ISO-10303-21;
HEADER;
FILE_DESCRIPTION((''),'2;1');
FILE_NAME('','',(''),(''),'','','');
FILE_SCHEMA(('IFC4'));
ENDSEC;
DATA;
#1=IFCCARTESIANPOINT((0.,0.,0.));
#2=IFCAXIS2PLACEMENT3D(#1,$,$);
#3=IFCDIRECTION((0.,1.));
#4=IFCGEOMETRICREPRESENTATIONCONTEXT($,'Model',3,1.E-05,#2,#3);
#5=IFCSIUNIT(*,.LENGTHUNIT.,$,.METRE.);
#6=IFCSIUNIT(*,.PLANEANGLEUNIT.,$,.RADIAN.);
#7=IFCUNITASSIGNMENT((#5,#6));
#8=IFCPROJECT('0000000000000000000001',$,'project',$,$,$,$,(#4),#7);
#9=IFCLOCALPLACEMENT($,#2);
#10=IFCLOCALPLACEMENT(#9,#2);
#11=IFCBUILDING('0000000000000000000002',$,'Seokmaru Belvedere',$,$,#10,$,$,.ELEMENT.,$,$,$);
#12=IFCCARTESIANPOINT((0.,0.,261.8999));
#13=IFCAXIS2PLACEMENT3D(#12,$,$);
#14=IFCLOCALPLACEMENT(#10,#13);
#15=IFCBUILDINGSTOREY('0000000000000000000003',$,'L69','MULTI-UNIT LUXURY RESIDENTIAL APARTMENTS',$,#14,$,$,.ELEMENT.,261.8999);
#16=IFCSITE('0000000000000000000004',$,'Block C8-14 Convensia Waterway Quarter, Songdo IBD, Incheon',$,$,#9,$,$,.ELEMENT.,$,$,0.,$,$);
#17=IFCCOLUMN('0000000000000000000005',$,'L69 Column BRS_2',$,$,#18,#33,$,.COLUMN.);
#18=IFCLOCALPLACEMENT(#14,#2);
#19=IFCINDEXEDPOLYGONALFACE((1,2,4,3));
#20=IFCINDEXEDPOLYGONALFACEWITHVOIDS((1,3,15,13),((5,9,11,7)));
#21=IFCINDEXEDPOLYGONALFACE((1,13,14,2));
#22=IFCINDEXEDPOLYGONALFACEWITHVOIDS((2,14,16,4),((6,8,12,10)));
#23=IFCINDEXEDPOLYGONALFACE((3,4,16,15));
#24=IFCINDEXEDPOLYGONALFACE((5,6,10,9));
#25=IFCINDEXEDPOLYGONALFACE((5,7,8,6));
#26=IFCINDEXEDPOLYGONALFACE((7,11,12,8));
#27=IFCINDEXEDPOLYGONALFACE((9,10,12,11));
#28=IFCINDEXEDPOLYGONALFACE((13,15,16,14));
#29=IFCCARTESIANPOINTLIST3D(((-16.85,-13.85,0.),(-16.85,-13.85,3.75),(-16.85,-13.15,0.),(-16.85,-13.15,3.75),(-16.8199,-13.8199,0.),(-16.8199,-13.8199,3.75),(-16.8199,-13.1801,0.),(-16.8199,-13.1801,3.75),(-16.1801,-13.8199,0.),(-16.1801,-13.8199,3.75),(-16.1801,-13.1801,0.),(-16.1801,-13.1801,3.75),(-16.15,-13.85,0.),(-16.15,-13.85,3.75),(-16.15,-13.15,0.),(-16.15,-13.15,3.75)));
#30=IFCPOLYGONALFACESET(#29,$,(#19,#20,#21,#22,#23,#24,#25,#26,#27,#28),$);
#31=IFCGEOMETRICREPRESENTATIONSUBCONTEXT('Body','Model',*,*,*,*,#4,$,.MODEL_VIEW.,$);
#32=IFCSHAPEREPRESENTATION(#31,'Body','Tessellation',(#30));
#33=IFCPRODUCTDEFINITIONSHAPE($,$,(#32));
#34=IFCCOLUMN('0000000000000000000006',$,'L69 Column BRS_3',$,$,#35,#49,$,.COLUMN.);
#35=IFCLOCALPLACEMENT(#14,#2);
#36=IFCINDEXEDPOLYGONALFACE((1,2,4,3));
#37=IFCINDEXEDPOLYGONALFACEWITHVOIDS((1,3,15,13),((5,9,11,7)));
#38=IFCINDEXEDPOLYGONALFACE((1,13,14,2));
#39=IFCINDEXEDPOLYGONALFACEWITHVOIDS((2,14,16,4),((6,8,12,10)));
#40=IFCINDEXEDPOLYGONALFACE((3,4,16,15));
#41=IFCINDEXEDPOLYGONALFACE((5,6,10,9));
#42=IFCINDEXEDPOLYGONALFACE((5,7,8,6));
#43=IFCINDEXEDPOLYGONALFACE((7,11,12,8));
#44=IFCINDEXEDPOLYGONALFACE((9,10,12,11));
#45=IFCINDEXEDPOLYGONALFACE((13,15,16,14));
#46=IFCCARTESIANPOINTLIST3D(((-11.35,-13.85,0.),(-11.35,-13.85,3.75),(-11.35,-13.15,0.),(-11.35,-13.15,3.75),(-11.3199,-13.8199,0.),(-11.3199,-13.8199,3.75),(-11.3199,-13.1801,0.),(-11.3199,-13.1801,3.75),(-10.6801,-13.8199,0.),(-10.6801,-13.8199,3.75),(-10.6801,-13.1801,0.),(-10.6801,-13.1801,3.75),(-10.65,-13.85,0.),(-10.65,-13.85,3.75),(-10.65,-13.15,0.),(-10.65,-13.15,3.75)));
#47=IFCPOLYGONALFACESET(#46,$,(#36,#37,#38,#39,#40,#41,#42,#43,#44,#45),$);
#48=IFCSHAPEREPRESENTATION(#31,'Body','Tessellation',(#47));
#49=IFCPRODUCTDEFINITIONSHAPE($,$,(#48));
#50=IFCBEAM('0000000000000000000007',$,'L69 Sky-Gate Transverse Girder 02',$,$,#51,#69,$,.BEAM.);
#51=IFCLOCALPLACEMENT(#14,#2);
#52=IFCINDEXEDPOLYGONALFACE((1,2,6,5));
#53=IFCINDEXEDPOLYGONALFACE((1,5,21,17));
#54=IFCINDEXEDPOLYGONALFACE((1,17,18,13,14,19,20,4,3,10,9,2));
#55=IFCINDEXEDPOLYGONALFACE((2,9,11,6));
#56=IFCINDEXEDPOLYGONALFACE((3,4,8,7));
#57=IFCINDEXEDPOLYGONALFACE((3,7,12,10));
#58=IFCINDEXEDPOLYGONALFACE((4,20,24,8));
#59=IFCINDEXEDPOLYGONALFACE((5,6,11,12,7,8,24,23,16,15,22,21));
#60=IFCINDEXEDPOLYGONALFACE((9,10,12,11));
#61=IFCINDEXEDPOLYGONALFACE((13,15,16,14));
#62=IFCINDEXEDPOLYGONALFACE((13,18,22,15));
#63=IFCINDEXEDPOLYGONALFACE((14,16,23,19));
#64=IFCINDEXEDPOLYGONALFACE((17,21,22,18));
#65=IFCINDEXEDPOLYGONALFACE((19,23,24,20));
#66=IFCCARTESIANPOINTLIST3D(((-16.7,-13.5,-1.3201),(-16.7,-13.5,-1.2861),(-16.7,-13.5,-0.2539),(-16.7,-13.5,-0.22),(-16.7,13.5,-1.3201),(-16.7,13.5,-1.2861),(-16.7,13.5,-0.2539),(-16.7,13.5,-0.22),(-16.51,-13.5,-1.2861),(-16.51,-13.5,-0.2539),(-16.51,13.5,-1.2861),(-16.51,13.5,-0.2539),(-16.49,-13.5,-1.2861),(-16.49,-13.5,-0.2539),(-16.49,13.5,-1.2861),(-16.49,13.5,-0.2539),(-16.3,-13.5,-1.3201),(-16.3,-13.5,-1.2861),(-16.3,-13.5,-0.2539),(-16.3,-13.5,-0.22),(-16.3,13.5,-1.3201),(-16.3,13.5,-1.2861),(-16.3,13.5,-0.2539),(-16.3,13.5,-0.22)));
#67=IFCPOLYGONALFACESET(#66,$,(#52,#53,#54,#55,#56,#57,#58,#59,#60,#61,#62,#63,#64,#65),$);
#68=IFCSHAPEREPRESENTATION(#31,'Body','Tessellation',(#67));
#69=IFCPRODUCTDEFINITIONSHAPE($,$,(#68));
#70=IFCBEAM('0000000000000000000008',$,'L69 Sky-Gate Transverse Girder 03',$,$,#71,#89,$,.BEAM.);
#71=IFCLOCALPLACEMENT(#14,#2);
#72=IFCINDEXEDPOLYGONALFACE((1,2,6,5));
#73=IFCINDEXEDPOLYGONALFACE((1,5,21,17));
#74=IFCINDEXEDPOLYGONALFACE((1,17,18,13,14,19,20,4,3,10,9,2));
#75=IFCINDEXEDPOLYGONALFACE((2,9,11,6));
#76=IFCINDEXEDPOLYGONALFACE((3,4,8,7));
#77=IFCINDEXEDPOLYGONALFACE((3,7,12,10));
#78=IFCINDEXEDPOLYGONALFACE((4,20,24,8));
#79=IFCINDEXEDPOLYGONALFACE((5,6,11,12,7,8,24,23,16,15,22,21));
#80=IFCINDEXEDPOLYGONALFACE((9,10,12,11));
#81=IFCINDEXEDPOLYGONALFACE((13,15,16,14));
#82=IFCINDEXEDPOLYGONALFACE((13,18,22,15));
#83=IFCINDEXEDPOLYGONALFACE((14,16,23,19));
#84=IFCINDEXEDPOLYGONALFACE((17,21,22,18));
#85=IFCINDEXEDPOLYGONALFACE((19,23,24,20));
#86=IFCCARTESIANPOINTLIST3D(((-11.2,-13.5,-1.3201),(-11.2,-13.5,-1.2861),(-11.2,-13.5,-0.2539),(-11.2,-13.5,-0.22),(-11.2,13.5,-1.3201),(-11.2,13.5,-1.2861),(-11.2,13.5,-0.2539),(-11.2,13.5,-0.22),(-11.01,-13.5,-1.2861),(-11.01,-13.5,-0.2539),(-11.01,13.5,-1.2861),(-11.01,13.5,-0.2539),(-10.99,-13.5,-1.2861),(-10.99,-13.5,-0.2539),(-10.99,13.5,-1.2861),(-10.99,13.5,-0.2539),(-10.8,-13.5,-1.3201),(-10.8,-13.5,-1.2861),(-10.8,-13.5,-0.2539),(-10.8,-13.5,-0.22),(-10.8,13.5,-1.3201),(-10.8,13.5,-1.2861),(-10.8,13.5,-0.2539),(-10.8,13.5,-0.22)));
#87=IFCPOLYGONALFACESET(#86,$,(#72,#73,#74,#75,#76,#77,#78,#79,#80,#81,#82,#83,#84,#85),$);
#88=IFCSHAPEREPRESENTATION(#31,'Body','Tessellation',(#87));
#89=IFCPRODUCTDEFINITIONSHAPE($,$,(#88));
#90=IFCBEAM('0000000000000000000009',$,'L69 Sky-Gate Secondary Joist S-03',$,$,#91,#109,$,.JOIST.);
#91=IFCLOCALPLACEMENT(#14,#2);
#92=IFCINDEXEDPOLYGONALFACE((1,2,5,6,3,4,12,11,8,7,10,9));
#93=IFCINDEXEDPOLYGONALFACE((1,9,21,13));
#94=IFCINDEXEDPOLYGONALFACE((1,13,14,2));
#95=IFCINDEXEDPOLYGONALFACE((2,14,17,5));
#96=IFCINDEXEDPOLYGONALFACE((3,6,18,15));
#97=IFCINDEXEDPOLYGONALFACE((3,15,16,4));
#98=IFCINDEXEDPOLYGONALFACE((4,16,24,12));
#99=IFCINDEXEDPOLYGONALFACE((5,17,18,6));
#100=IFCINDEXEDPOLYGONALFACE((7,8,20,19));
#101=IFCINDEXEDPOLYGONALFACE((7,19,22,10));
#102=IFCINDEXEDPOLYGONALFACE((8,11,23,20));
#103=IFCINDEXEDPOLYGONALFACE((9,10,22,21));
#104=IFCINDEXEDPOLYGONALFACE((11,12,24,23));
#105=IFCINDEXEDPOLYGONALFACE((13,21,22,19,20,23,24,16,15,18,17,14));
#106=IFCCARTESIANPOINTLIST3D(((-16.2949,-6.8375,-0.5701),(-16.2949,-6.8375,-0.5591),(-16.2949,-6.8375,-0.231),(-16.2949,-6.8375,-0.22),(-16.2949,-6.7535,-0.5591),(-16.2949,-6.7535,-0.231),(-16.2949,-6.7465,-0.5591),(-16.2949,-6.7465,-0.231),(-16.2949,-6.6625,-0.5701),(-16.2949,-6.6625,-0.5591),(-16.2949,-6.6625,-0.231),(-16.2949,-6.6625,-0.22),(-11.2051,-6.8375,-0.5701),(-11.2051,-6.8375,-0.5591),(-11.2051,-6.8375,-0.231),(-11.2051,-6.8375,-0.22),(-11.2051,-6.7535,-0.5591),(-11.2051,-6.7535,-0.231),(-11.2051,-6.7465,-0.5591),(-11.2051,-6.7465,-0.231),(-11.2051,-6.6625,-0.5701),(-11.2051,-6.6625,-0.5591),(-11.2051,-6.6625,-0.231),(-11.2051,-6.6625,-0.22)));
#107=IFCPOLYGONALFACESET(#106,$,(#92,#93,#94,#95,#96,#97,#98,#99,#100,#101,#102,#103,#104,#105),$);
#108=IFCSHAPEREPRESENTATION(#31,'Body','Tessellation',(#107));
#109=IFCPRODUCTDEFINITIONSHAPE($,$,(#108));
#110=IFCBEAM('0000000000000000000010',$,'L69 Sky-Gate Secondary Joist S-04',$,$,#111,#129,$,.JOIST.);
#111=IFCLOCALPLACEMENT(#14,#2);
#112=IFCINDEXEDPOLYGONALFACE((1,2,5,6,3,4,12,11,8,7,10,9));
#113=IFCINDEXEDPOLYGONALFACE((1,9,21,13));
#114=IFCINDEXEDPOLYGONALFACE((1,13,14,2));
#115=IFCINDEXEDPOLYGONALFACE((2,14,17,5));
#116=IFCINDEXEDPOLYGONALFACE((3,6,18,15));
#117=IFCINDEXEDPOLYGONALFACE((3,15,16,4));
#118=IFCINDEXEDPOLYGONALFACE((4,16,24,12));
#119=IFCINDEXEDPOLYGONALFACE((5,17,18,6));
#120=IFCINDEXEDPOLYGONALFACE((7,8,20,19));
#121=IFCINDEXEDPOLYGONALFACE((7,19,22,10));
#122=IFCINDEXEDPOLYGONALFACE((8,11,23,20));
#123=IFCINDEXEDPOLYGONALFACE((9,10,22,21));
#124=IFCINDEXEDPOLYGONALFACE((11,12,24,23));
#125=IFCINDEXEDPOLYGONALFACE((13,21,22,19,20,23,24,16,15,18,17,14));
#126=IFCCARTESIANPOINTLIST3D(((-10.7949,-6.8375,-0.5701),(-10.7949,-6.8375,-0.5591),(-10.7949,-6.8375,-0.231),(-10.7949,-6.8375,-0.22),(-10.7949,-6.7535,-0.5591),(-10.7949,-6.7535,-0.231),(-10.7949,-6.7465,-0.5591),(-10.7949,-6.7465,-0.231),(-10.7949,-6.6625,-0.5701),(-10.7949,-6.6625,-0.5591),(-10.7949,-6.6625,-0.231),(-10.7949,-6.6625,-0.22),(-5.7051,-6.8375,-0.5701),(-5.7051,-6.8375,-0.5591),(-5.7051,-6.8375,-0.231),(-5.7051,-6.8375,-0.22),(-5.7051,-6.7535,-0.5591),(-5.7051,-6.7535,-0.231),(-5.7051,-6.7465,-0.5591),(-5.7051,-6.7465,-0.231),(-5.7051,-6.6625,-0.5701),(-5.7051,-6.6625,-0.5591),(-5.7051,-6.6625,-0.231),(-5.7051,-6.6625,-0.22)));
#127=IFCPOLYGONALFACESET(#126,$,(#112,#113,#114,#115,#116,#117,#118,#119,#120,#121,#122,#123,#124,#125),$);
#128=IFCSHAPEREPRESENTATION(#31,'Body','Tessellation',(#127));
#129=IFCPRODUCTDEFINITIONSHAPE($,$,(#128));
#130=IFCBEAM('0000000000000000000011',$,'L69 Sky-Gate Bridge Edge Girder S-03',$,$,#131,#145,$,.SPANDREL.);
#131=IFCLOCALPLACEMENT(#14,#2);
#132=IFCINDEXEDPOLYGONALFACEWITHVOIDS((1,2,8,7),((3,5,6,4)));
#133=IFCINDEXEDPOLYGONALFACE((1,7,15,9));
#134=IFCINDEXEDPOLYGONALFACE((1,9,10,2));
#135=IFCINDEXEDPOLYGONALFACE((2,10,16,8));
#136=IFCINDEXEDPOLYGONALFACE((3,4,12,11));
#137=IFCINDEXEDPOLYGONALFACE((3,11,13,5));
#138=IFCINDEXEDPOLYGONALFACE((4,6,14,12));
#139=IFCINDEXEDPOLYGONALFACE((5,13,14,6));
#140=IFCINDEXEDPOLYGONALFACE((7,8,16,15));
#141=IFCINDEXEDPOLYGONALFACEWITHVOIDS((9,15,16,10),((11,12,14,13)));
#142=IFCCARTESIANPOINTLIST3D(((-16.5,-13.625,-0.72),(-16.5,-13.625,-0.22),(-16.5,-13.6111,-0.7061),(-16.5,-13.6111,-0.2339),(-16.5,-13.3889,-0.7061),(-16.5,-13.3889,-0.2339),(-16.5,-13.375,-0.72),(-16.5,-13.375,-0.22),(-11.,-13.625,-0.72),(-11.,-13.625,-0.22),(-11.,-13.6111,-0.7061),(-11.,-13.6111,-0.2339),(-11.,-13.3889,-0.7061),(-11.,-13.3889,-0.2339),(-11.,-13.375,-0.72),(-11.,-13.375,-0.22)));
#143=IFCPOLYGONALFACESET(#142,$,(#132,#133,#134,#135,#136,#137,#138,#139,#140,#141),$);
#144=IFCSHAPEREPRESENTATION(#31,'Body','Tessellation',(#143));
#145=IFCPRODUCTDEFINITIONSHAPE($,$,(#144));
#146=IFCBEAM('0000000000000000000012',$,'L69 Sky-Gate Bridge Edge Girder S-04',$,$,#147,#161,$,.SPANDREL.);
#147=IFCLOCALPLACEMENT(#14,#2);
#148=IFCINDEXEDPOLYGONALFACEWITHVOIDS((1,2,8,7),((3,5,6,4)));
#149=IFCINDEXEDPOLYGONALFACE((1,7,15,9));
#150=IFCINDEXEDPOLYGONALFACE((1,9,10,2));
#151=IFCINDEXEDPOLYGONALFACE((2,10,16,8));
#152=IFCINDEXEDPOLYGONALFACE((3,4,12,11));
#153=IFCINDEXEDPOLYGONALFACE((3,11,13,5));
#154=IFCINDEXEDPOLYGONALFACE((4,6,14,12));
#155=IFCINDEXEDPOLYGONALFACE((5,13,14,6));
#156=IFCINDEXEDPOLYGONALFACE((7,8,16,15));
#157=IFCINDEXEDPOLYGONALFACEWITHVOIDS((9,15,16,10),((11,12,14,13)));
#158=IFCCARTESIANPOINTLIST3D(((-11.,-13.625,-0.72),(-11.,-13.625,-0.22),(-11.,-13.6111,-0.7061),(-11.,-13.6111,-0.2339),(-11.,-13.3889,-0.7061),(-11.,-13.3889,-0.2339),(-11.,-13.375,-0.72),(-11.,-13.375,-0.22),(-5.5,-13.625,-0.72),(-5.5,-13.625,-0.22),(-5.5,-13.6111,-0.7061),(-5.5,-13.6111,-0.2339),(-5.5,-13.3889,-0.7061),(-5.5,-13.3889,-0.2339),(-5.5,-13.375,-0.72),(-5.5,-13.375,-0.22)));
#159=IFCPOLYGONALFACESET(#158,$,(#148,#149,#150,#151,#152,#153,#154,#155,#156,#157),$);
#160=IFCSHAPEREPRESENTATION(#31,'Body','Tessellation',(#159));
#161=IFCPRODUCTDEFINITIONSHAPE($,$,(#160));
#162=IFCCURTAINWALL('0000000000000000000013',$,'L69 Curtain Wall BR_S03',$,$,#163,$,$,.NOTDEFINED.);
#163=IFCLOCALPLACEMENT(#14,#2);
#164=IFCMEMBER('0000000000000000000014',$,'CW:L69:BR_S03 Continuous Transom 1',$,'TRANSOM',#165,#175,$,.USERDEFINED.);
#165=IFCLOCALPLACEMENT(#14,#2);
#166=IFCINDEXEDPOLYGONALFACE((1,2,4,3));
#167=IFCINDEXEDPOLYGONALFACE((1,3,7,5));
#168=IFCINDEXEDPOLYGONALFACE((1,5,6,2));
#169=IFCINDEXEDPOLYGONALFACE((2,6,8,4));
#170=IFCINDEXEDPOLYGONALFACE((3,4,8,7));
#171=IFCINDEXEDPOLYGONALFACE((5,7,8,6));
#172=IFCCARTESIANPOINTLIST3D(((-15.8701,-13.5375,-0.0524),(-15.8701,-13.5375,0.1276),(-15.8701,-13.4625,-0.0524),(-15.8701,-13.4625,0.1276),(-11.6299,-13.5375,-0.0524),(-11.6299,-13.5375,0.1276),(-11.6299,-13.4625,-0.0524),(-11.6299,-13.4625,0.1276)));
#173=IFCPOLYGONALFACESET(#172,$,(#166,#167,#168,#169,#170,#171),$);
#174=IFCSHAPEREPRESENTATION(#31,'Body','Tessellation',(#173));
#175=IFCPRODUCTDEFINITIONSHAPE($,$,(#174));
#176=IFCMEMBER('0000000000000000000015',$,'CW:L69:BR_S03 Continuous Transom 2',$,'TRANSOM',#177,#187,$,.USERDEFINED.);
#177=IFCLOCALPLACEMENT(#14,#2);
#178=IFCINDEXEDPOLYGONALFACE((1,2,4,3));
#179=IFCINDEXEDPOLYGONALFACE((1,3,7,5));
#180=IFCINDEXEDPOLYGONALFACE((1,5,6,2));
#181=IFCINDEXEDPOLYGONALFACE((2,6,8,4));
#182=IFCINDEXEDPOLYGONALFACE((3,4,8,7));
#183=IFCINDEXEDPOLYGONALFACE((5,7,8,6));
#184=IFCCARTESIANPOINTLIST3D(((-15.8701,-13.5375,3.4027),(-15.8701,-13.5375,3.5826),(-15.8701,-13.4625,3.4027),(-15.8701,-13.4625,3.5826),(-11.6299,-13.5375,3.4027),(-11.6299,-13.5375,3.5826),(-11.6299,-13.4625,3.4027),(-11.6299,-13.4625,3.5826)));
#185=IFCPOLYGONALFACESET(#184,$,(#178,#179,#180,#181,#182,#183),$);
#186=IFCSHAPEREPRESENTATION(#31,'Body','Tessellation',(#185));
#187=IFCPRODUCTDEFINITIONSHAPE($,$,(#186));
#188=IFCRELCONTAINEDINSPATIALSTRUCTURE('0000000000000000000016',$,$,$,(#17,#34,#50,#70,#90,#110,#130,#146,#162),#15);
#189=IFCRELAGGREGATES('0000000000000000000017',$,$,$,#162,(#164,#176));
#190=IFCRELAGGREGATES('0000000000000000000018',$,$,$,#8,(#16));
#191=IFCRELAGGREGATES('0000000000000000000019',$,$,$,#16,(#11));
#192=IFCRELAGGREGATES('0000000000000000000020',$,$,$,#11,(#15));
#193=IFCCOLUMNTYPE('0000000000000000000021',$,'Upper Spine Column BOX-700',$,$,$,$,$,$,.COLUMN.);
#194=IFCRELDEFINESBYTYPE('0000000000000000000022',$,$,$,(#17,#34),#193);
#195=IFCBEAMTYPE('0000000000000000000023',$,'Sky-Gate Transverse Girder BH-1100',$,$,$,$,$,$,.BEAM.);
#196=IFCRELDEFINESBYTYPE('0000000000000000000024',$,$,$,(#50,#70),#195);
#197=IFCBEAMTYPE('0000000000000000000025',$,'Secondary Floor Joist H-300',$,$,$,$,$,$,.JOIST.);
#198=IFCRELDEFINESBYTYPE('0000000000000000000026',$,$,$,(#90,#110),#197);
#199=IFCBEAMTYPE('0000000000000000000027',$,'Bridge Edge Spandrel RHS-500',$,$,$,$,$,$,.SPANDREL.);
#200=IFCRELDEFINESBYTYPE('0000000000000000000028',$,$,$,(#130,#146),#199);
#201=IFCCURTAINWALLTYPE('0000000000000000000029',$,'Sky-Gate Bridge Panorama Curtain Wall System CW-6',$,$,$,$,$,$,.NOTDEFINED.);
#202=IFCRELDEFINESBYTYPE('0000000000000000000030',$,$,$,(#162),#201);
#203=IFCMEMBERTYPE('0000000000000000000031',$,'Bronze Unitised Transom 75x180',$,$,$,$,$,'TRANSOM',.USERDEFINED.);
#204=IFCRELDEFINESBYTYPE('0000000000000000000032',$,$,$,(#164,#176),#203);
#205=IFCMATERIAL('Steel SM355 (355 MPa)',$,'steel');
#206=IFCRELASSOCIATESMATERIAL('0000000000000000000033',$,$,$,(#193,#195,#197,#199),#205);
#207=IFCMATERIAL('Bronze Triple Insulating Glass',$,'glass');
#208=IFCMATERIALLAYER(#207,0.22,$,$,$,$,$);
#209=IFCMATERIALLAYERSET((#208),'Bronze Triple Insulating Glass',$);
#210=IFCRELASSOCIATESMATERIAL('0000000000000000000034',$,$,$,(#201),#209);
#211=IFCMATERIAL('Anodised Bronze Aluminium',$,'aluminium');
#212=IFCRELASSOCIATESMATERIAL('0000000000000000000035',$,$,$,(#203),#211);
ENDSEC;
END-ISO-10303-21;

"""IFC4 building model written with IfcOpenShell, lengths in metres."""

from ifc_helpers import new_model, si_unit, direction, frame, origin, origin_2d, place, context, subcontext, project, spatial, rectangle, hollow_rectangle, i_section, extrude, source, transform, mapped, material, layer, layer_set, material_profile, profile_set, type_object, type_shapes, element, aggregate, save


model = new_model("IFC4")

# Units and contexts
model_context = context("Model", 3, precision=1e-05, world=origin(), true_north=direction((0.0, 1.0)))
body_context = subcontext(model_context, "Body", "Model", "MODEL_VIEW")
ifc_project = project(units=[si_unit("LENGTHUNIT", "METRE"), si_unit("PLANEANGLEUNIT", "RADIAN")], contexts=[model_context])

# Site, building, storey
site_placement = place(None, origin())
site = spatial("IfcSite", under=ifc_project, at=site_placement, Name="Block C8-14 Convensia Waterway Quarter, Songdo IBD, Incheon", CompositionType="ELEMENT", RefElevation=0.0)
building_placement = place(site_placement, origin())
building = spatial("IfcBuilding", under=site, at=building_placement, Name="Seokmaru Belvedere", CompositionType="ELEMENT")
storey_placement = place(building_placement, frame((0.0, 0.0, 261.8999)))
storey = spatial("IfcBuildingStorey", under=building, at=storey_placement, Name="L69", Description="MULTI-UNIT LUXURY RESIDENTIAL APARTMENTS", CompositionType="ELEMENT", Elevation=261.8999)

# Columns
ifc_material_1 = material(Name="Steel SM355 (355 MPa)", Category="steel")
ifc_material_profile_1 = material_profile(ifc_material_1, hollow_rectangle(XDim=0.7, YDim=0.7, WallThickness=0.03, at=origin_2d()), Name="BOX-700x700x30")
ifc_profile_set_1 = profile_set([ifc_material_profile_1], Name="Steel SM355 (355 MPa)")
column_type = type_object("IfcColumnType", Name="Upper Spine Column BOX-700", PredefinedType="COLUMN", material=ifc_profile_set_1)
shared_shape_1 = source(origin(), body_context, "Body", "SweptSolid", [
    extrude(hollow_rectangle(XDim=0.7, YDim=0.7, WallThickness=0.03, at=origin_2d()), origin(), (0.0, 0.0, 1.0), 3.75),
])
type_shapes(column_type, [shared_shape_1])
for number, where, z_axis, x_axis, name in (
    (1, (-16.5, -13.5, 0.0), (0.0, 0.0, 1.0), (1.0, 0.0, 0.0), "L69 Column BRS_2"),
    (2, (-11.0, -13.5, 0.0), (0.0, 0.0, 1.0), (1.0, 0.0, 0.0), "L69 Column BRS_3"),
):
    element("IfcColumn", number, at=place(storey_placement, frame(where, z_axis=z_axis, x_axis=x_axis)), inside=storey, type_object=column_type, Name=name, PredefinedType="COLUMN", context=body_context, shape_type="MappedRepresentation", body=[
        mapped(shared_shape_1, transform((0.0, 0.0, 0.0), scale=1.0)),
    ])

# Beams
ifc_material_profile_2 = material_profile(ifc_material_1, i_section(OverallWidth=0.3999, OverallDepth=1.1001, WebThickness=0.02, FlangeThickness=0.0339, at=origin_2d()), Name="BH-1100x400x20x34")
ifc_profile_set_2 = profile_set([ifc_material_profile_2], Name="Steel SM355 (355 MPa)")
beam_type_1 = type_object("IfcBeamType", Name="Sky-Gate Transverse Girder BH-1100", PredefinedType="BEAM", material=ifc_profile_set_2)
shared_shape_2 = source(origin(), body_context, "Body", "SweptSolid", [
    extrude(i_section(OverallWidth=0.3999, OverallDepth=1.1001, WebThickness=0.02, FlangeThickness=0.0339, at=origin_2d()), origin(), (0.0, 0.0, 1.0), 27.0),
])
type_shapes(beam_type_1, [shared_shape_2])
for number, where, z_axis, x_axis, name in (
    (3, (-16.5, -13.5, -0.77), (0.0, 1.0, 0.0), (-1.0, 0.0, 0.0), "L69 Sky-Gate Transverse Girder 02"),
    (4, (-11.0, -13.5, -0.77), (0.0, 1.0, 0.0), (-1.0, 0.0, 0.0), "L69 Sky-Gate Transverse Girder 03"),
):
    element("IfcBeam", number, at=place(storey_placement, frame(where, z_axis=z_axis, x_axis=x_axis)), inside=storey, type_object=beam_type_1, Name=name, PredefinedType="BEAM", context=body_context, shape_type="MappedRepresentation", body=[
        mapped(shared_shape_2, transform((0.0, 0.0, 0.0), scale=1.0)),
    ])
ifc_material_profile_3 = material_profile(ifc_material_1, i_section(OverallWidth=0.175, OverallDepth=0.3501, WebThickness=0.0071, FlangeThickness=0.011, at=origin_2d()), Name="H-350x175x7x11")
ifc_profile_set_3 = profile_set([ifc_material_profile_3], Name="Steel SM355 (355 MPa)")
beam_type_2 = type_object("IfcBeamType", Name="Secondary Floor Joist H-300", PredefinedType="JOIST", material=ifc_profile_set_3)
shared_shape_3 = source(origin(), body_context, "Body", "SweptSolid", [
    extrude(i_section(OverallWidth=0.175, OverallDepth=0.3501, WebThickness=0.0071, FlangeThickness=0.011, at=origin_2d()), origin(), (0.0, 0.0, 1.0), 5.0898),
])
type_shapes(beam_type_2, [shared_shape_3])
for number, where, z_axis, x_axis, name in (
    (5, (-16.2949, -6.75, -0.395), (1.0, 0.0, 0.0), (0.0, 1.0, 0.0), "L69 Sky-Gate Secondary Joist S-03"),
    (6, (-10.7949, -6.75, -0.395), (1.0, 0.0, 0.0), (0.0, 1.0, 0.0), "L69 Sky-Gate Secondary Joist S-04"),
):
    element("IfcBeam", number, at=place(storey_placement, frame(where, z_axis=z_axis, x_axis=x_axis)), inside=storey, type_object=beam_type_2, Name=name, PredefinedType="JOIST", context=body_context, shape_type="MappedRepresentation", body=[
        mapped(shared_shape_3, transform((0.0, 0.0, 0.0), scale=1.0)),
    ])
ifc_material_profile_4 = material_profile(ifc_material_1, hollow_rectangle(XDim=0.25, YDim=0.5, WallThickness=0.0139, at=origin_2d()), Name="RHS-500x250x14")
ifc_profile_set_4 = profile_set([ifc_material_profile_4], Name="Steel SM355 (355 MPa)")
beam_type_3 = type_object("IfcBeamType", Name="Bridge Edge Spandrel RHS-500", PredefinedType="SPANDREL", material=ifc_profile_set_4)
shared_shape_4 = source(origin(), body_context, "Body", "SweptSolid", [
    extrude(hollow_rectangle(XDim=0.25, YDim=0.5, WallThickness=0.0139, at=origin_2d()), origin(), (0.0, 0.0, 1.0), 5.5),
])
type_shapes(beam_type_3, [shared_shape_4])
for number, where, z_axis, x_axis, name in (
    (7, (-16.5, -13.5, -0.47), (1.0, 0.0, 0.0), (0.0, 1.0, 0.0), "L69 Sky-Gate Bridge Edge Girder S-03"),
    (8, (-11.0, -13.5, -0.47), (1.0, 0.0, 0.0), (0.0, 1.0, 0.0), "L69 Sky-Gate Bridge Edge Girder S-04"),
):
    element("IfcBeam", number, at=place(storey_placement, frame(where, z_axis=z_axis, x_axis=x_axis)), inside=storey, type_object=beam_type_3, Name=name, PredefinedType="SPANDREL", context=body_context, shape_type="MappedRepresentation", body=[
        mapped(shared_shape_4, transform((0.0, 0.0, 0.0), scale=1.0)),
    ])

# Curtain wall, members
ifc_material_2 = material(Name="Bronze Triple Insulating Glass", Category="glass")
ifc_layer_1 = layer(ifc_material_2, 0.22)
ifc_layer_set_1 = layer_set([ifc_layer_1], Name="Bronze Triple Insulating Glass")
curtain_wall_type = type_object("IfcCurtainWallType", Name="Sky-Gate Bridge Panorama Curtain Wall System CW-6", PredefinedType="NOTDEFINED", material=ifc_layer_set_1)
curtain_wall_1_placement = place(storey_placement, origin())
curtain_wall_1 = element("IfcCurtainWall", 9, at=curtain_wall_1_placement, inside=storey, type_object=curtain_wall_type, Name="L69 Curtain Wall BR_S03", PredefinedType="NOTDEFINED")
ifc_material_3 = material(Name="Anodised Bronze Aluminium", Category="aluminium")
ifc_material_profile_5 = material_profile(ifc_material_3, rectangle(XDim=0.075, YDim=0.1799, at=origin_2d()), Name="CW-T-75x180")
ifc_profile_set_5 = profile_set([ifc_material_profile_5], Name="Anodised Bronze Aluminium")
member_type_1 = type_object("IfcMemberType", Name="Bronze Unitised Transom 75x180", ElementType="TRANSOM", PredefinedType="USERDEFINED", material=ifc_profile_set_5)
shared_shape_5 = source(origin(), body_context, "Body", "SweptSolid", [
    extrude(rectangle(XDim=0.075, YDim=0.1799, at=origin_2d()), origin(), (0.0, 0.0, 1.0), 4.2402),
])
type_shapes(member_type_1, [shared_shape_5])
member_1_placement = place(storey_placement, frame((-15.8701, -13.5, 0.0376), z_axis=(1.0, 0.0, 0.0), x_axis=(0.0, 1.0, 0.0)))
member_1 = element("IfcMember", 10, at=member_1_placement, type_object=member_type_1, Name="CW:L69:BR_S03 Continuous Transom 1", ObjectType="TRANSOM", PredefinedType="USERDEFINED", context=body_context, shape_type="MappedRepresentation", body=[
    mapped(shared_shape_5, transform((0.0, 0.0, 0.0), scale=1.0)),
])
member_2_placement = place(storey_placement, frame((-15.8701, -13.5, 3.4927), z_axis=(1.0, 0.0, 0.0), x_axis=(0.0, 1.0, 0.0)))
member_2 = element("IfcMember", 11, at=member_2_placement, type_object=member_type_1, Name="CW:L69:BR_S03 Continuous Transom 2", ObjectType="TRANSOM", PredefinedType="USERDEFINED", context=body_context, shape_type="MappedRepresentation", body=[
    mapped(shared_shape_5, transform((0.0, 0.0, 0.0), scale=1.0)),
])

aggregate(curtain_wall_1, [member_1, member_2])

save(model, "model.ifc")
